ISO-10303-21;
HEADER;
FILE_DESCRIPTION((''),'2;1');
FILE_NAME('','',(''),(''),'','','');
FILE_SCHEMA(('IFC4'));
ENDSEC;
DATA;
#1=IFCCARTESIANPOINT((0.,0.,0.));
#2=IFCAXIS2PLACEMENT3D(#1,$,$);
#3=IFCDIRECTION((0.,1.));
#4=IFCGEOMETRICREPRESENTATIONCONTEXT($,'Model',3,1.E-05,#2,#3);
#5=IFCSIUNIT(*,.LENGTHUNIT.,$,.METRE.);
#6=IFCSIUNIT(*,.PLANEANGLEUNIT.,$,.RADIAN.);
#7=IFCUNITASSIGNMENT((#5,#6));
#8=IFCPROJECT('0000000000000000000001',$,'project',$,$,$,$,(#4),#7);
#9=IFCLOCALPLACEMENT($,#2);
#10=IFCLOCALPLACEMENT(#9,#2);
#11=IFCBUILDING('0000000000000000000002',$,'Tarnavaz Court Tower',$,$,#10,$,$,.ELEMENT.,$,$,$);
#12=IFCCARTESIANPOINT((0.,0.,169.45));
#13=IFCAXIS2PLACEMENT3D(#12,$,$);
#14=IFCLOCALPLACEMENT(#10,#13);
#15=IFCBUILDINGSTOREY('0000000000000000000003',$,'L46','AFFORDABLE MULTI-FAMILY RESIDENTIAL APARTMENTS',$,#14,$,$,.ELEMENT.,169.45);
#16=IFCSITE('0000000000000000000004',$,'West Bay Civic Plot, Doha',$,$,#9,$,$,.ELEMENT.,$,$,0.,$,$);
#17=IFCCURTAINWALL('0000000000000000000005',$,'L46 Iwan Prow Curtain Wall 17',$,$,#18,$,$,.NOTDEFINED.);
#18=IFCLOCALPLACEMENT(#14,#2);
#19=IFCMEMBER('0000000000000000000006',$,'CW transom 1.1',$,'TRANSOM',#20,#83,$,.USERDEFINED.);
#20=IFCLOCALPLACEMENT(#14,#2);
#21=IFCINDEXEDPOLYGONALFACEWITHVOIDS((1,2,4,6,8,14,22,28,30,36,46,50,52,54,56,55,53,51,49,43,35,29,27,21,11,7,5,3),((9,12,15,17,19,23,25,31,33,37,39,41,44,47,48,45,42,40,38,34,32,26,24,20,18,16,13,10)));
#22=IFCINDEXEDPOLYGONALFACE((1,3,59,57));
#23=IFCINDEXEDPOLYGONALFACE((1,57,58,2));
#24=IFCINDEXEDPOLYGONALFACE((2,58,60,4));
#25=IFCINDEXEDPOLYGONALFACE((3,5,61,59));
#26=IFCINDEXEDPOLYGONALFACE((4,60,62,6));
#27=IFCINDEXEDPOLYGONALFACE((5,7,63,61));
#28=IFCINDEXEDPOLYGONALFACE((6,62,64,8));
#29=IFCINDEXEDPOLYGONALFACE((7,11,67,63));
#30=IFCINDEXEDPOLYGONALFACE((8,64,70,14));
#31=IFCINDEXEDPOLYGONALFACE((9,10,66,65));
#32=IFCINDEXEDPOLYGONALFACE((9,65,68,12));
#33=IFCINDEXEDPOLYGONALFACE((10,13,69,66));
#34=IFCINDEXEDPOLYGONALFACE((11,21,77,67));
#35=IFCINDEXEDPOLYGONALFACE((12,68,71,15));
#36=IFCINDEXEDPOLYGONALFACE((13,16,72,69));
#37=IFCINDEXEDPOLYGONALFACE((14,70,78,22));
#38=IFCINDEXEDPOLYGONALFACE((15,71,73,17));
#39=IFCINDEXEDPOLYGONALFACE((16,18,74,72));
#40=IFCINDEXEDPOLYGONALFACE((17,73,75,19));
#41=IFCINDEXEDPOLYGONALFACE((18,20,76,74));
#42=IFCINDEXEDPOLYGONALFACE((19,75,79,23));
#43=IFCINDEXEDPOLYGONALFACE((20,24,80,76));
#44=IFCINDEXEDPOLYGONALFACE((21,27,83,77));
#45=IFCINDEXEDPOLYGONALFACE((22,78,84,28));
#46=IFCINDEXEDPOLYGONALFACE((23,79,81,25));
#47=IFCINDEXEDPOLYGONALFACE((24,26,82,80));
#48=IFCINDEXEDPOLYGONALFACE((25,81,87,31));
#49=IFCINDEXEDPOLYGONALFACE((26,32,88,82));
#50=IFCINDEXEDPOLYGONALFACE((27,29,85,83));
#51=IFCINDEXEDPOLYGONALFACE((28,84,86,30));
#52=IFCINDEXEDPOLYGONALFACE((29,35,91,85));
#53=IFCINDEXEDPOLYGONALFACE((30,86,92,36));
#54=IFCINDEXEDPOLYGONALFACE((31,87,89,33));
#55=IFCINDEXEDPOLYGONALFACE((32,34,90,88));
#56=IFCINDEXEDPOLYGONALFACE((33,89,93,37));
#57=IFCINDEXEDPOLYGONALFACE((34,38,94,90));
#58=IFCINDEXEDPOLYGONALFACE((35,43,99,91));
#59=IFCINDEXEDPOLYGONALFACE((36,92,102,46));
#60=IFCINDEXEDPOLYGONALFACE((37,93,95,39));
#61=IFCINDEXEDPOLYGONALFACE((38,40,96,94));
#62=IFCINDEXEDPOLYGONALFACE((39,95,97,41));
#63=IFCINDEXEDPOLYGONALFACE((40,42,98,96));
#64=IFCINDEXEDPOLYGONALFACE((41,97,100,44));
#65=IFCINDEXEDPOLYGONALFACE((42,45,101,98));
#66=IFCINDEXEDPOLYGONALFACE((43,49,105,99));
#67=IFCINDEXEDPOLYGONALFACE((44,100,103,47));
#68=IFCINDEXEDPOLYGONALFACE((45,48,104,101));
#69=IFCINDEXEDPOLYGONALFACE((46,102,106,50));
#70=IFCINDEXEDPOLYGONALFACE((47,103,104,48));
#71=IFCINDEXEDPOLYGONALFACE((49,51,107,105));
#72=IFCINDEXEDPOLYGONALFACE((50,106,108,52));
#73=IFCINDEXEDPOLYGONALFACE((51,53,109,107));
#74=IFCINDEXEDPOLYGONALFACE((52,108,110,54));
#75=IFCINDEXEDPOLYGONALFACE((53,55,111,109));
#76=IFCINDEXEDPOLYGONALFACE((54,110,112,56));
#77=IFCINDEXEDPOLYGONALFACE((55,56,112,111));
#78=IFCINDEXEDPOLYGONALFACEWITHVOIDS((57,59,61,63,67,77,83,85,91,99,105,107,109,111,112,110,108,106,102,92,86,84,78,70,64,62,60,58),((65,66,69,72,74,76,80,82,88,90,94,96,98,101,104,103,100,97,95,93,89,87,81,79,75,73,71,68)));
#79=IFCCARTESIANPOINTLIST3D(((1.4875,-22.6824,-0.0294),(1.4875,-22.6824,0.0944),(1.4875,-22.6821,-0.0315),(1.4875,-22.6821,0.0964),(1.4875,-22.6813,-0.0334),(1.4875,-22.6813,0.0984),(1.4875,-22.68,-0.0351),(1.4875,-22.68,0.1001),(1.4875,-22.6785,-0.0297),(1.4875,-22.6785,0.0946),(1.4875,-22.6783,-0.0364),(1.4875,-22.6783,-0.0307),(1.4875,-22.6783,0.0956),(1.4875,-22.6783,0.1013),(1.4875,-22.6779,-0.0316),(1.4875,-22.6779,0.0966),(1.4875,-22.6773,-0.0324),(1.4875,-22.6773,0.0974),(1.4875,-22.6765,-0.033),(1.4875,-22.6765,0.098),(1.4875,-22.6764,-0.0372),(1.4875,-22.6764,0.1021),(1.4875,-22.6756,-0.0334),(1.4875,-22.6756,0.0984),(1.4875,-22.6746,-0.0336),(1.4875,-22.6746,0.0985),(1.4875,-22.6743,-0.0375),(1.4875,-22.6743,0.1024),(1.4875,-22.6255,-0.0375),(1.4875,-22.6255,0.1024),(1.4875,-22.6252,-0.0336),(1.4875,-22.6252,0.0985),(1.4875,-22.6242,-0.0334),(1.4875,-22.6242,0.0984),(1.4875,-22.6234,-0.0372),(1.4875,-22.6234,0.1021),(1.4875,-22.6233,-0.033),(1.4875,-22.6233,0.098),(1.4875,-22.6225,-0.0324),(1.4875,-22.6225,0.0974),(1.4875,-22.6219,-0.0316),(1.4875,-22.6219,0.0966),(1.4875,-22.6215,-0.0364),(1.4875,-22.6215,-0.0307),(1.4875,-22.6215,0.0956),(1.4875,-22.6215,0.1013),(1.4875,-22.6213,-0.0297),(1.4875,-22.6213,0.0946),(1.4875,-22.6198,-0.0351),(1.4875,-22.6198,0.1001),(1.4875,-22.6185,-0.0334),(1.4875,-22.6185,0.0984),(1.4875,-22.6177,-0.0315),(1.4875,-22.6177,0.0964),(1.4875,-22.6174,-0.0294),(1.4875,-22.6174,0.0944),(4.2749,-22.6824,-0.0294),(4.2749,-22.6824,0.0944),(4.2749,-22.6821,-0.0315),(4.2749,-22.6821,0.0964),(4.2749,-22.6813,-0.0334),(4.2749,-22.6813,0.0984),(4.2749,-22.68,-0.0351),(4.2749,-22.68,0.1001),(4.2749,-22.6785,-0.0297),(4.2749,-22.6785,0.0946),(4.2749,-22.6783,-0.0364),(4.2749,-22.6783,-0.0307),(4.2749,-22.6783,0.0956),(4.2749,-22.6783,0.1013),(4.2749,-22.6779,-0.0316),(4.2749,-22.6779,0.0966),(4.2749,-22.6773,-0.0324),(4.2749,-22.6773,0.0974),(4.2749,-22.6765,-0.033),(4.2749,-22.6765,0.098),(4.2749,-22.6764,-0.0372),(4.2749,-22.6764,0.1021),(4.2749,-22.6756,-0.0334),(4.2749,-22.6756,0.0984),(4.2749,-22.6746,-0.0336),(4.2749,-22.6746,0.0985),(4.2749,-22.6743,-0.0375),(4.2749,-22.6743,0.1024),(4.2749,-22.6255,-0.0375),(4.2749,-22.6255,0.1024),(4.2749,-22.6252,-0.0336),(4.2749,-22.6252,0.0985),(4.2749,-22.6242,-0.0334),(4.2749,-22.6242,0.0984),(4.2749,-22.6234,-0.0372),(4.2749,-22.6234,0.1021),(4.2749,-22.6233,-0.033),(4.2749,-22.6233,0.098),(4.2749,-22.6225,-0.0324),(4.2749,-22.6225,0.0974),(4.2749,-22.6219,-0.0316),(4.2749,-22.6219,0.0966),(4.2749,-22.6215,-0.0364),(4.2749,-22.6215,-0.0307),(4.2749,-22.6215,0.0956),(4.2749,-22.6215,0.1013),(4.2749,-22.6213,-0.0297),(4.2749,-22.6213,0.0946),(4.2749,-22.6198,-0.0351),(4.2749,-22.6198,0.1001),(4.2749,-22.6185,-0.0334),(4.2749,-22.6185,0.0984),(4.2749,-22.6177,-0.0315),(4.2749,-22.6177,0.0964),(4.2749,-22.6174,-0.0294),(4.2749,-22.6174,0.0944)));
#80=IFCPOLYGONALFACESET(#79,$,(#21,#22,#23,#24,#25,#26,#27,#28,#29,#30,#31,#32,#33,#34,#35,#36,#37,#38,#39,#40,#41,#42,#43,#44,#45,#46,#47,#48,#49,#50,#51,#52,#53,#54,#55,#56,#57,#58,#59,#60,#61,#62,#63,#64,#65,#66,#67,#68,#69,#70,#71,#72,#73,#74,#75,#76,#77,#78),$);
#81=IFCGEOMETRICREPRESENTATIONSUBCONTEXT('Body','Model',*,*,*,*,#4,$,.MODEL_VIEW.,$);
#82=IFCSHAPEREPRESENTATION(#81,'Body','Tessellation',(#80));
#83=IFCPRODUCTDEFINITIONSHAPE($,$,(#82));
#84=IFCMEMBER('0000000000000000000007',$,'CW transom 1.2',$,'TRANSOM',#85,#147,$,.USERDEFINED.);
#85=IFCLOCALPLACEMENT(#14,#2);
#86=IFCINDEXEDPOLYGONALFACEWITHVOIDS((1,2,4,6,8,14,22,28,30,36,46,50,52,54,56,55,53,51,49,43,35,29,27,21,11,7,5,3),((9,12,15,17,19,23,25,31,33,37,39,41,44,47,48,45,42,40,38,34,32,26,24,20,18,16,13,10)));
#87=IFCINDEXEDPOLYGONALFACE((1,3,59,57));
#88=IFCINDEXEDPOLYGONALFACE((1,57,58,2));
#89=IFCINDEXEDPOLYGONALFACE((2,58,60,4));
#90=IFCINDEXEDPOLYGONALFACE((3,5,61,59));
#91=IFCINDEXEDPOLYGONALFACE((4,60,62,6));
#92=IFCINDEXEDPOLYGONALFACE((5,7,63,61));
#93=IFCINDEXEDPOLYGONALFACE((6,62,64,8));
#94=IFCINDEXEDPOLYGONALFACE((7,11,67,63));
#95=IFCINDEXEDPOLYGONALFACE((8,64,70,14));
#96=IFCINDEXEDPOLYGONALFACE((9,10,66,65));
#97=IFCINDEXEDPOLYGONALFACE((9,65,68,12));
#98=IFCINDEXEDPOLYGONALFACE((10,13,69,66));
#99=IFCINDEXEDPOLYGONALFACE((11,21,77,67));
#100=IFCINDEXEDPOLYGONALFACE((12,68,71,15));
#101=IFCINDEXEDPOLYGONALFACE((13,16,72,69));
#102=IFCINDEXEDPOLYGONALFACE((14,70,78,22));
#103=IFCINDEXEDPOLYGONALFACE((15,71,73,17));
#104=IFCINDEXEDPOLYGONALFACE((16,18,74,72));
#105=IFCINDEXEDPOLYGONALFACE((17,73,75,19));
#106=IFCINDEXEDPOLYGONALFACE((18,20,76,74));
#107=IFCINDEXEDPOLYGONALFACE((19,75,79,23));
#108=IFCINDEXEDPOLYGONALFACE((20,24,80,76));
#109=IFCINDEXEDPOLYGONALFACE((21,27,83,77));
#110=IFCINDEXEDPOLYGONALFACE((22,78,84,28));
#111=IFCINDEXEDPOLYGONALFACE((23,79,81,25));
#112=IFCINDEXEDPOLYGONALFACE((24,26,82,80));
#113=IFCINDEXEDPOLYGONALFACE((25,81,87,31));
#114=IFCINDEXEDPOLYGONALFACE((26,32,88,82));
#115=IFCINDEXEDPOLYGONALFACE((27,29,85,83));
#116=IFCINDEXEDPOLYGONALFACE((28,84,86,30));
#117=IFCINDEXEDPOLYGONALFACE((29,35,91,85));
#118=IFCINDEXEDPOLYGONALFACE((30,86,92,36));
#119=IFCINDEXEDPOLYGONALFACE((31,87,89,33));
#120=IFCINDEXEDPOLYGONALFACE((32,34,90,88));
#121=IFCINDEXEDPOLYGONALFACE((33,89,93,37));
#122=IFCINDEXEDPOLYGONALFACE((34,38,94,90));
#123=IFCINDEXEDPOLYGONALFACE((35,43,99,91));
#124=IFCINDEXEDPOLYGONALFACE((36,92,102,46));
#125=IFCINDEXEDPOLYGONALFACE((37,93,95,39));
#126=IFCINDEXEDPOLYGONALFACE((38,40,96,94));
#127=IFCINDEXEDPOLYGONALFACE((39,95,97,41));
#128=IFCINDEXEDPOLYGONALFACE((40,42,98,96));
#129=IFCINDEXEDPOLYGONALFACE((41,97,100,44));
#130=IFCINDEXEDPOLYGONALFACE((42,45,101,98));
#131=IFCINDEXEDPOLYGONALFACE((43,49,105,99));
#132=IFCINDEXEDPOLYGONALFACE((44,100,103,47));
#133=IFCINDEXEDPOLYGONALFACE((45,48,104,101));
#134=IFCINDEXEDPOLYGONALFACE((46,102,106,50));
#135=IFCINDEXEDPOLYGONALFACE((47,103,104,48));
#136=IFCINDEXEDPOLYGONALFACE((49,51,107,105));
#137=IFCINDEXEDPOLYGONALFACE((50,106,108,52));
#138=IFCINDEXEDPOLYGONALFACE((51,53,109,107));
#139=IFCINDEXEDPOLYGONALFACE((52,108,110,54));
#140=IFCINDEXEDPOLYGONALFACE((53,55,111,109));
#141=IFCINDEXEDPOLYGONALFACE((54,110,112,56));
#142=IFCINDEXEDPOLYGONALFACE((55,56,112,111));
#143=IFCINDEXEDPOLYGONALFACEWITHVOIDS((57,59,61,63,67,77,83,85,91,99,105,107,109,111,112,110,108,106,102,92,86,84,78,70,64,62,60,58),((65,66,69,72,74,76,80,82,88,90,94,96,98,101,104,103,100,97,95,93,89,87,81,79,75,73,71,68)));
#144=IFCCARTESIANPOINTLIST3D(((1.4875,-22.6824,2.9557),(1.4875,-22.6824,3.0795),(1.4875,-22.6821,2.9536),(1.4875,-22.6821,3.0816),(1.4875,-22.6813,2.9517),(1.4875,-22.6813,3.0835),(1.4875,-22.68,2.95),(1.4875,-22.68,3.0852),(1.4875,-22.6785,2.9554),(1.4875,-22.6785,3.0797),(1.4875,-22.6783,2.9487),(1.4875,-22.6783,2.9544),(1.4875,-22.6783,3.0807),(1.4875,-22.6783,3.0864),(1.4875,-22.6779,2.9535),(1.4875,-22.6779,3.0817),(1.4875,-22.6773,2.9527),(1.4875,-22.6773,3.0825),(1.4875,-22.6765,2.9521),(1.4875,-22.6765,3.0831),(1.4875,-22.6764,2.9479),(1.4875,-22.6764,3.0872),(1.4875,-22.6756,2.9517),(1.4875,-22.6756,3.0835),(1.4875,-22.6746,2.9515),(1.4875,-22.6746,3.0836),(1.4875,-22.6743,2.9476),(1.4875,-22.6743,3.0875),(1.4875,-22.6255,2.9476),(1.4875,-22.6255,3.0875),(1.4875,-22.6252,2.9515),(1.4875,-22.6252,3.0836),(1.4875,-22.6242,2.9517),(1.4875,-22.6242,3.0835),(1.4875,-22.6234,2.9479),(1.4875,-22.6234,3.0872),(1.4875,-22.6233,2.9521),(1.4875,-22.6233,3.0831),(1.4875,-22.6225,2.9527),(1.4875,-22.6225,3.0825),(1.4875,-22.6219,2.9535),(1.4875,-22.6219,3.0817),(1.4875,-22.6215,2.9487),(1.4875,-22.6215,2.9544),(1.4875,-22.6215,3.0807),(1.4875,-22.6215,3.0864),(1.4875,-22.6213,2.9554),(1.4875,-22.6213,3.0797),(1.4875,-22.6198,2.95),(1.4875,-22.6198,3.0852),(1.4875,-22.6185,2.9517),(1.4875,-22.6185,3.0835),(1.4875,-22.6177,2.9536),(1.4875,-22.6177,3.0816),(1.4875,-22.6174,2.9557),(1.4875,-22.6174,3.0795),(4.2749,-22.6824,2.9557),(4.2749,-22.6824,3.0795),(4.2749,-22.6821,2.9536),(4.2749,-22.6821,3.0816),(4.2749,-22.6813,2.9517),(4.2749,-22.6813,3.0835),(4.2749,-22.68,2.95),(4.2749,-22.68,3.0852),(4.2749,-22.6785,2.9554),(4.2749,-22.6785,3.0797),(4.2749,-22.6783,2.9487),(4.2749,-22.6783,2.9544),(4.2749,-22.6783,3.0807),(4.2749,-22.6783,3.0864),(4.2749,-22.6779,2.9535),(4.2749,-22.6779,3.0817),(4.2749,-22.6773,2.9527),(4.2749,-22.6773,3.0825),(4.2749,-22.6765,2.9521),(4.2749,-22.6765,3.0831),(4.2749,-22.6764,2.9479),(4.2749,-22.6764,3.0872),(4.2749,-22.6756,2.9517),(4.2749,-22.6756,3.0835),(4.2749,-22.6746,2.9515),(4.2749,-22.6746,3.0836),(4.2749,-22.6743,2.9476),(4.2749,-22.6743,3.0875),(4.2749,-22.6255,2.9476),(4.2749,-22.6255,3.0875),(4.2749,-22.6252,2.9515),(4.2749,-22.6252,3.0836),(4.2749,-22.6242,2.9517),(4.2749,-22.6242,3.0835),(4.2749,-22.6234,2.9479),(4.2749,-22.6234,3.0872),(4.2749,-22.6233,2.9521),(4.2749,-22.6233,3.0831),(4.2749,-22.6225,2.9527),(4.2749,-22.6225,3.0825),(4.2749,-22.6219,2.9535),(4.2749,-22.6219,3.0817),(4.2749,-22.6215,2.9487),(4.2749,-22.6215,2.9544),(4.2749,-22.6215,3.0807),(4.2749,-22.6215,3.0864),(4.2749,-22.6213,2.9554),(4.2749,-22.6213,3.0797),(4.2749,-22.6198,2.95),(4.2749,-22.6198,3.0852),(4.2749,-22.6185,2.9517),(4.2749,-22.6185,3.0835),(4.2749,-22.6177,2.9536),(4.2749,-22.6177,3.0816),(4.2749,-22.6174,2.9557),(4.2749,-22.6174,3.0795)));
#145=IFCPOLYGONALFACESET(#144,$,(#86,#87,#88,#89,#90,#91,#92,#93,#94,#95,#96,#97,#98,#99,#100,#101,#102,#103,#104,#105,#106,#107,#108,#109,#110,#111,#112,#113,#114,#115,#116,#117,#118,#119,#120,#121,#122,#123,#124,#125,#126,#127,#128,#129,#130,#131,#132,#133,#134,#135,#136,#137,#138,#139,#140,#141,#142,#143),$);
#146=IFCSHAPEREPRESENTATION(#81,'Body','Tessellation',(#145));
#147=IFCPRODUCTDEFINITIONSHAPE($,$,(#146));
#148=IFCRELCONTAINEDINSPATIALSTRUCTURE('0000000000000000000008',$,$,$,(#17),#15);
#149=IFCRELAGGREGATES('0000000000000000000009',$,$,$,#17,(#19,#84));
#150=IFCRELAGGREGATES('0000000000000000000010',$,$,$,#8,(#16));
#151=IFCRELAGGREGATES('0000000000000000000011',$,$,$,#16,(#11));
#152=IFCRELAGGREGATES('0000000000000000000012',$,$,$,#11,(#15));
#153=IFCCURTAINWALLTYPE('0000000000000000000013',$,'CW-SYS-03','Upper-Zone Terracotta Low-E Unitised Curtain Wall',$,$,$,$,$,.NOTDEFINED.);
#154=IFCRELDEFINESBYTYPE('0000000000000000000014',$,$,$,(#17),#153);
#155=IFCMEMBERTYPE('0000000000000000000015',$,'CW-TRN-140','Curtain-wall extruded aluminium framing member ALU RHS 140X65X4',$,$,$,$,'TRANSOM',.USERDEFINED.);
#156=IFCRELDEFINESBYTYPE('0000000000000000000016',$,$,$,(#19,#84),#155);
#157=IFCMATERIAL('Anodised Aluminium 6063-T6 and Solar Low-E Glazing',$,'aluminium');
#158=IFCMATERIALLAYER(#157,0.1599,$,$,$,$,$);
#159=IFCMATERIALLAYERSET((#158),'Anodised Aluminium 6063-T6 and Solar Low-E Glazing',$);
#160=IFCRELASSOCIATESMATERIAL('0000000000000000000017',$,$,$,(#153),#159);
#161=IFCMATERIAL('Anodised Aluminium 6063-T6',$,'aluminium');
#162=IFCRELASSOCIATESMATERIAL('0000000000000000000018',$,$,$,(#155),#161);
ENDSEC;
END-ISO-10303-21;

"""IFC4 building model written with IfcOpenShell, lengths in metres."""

from ifc_helpers import new_model, si_unit, direction, frame, origin, origin_2d, place, context, subcontext, project, spatial, hollow_rectangle, extrude, material, layer, layer_set, material_profile, profile_set, type_object, element, aggregate, save


model = new_model("IFC4")

# Units and contexts
model_context = context("Model", 3, precision=1e-05, world=origin(), true_north=direction((0.0, 1.0)))
body_context = subcontext(model_context, "Body", "Model", "MODEL_VIEW")
ifc_project = project(units=[si_unit("LENGTHUNIT", "METRE"), si_unit("PLANEANGLEUNIT", "RADIAN")], contexts=[model_context])

# Site, building, storey
site_placement = place(None, origin())
site = spatial("IfcSite", under=ifc_project, at=site_placement, Name="West Bay Civic Plot, Doha", CompositionType="ELEMENT", RefElevation=0.0)
building_placement = place(site_placement, origin())
building = spatial("IfcBuilding", under=site, at=building_placement, Name="Tarnavaz Court Tower", CompositionType="ELEMENT")
storey_placement = place(building_placement, frame((0.0, 0.0, 169.45)))
storey = spatial("IfcBuildingStorey", under=building, at=storey_placement, Name="L46", Description="AFFORDABLE MULTI-FAMILY RESIDENTIAL APARTMENTS", CompositionType="ELEMENT", Elevation=169.45)

# Curtain wall, members
ifc_material_1 = material(Name="Anodised Aluminium 6063-T6 and Solar Low-E Glazing", Category="aluminium")
ifc_layer_1 = layer(ifc_material_1, 0.1599)
ifc_layer_set_1 = layer_set([ifc_layer_1], Name="Anodised Aluminium 6063-T6 and Solar Low-E Glazing")
curtain_wall_type = type_object("IfcCurtainWallType", Name="CW-SYS-03", Description="Upper-Zone Terracotta Low-E Unitised Curtain Wall", PredefinedType="NOTDEFINED", material=ifc_layer_set_1)
curtain_wall_placement = place(storey_placement, origin())
curtain_wall = element("IfcCurtainWall", 1, at=curtain_wall_placement, inside=storey, type_object=curtain_wall_type, Name="L46 Iwan Prow Curtain Wall 17", PredefinedType="NOTDEFINED")
ifc_material_2 = material(Name="Anodised Aluminium 6063-T6", Category="aluminium")
ifc_material_profile_1 = material_profile(ifc_material_2, hollow_rectangle(XDim=0.0649, YDim=0.1399, WallThickness=0.0039, InnerFilletRadius=0.0039, OuterFilletRadius=0.0081, at=origin_2d()), Name="ALU RHS 140X65X4")
ifc_profile_set_1 = profile_set([ifc_material_profile_1], Name="Anodised Aluminium 6063-T6")
member_type_1 = type_object("IfcMemberType", Name="CW-TRN-140", Description="Curtain-wall extruded aluminium framing member ALU RHS 140X65X4", ElementType="TRANSOM", PredefinedType="USERDEFINED", material=ifc_profile_set_1)
member_1_placement = place(storey_placement, frame((4.2749, -22.6499, 0.0325), z_axis=(-1.0, 0.0, 0.0), x_axis=(0.0, -1.0, 0.0)))
member_1 = element("IfcMember", 2, at=member_1_placement, type_object=member_type_1, Name="CW transom 1.1", ObjectType="TRANSOM", PredefinedType="USERDEFINED", context=body_context, shape_type="SweptSolid", body=[
    extrude(hollow_rectangle(XDim=0.0649, YDim=0.1399, WallThickness=0.0039, InnerFilletRadius=0.0039, OuterFilletRadius=0.0081, at=origin_2d()), origin(), (0.0, 0.0, 1.0), 2.7874),
])
member_2_placement = place(storey_placement, frame((4.2749, -22.6499, 3.0176), z_axis=(-1.0, 0.0, 0.0), x_axis=(0.0, -1.0, 0.0)))
member_2 = element("IfcMember", 3, at=member_2_placement, type_object=member_type_1, Name="CW transom 1.2", ObjectType="TRANSOM", PredefinedType="USERDEFINED", context=body_context, shape_type="SweptSolid", body=[
    extrude(hollow_rectangle(XDim=0.0649, YDim=0.1399, WallThickness=0.0039, InnerFilletRadius=0.0039, OuterFilletRadius=0.0081, at=origin_2d()), origin(), (0.0, 0.0, 1.0), 2.7874),
])
aggregate(curtain_wall, [member_1, member_2])

save(model, "model.ifc")
